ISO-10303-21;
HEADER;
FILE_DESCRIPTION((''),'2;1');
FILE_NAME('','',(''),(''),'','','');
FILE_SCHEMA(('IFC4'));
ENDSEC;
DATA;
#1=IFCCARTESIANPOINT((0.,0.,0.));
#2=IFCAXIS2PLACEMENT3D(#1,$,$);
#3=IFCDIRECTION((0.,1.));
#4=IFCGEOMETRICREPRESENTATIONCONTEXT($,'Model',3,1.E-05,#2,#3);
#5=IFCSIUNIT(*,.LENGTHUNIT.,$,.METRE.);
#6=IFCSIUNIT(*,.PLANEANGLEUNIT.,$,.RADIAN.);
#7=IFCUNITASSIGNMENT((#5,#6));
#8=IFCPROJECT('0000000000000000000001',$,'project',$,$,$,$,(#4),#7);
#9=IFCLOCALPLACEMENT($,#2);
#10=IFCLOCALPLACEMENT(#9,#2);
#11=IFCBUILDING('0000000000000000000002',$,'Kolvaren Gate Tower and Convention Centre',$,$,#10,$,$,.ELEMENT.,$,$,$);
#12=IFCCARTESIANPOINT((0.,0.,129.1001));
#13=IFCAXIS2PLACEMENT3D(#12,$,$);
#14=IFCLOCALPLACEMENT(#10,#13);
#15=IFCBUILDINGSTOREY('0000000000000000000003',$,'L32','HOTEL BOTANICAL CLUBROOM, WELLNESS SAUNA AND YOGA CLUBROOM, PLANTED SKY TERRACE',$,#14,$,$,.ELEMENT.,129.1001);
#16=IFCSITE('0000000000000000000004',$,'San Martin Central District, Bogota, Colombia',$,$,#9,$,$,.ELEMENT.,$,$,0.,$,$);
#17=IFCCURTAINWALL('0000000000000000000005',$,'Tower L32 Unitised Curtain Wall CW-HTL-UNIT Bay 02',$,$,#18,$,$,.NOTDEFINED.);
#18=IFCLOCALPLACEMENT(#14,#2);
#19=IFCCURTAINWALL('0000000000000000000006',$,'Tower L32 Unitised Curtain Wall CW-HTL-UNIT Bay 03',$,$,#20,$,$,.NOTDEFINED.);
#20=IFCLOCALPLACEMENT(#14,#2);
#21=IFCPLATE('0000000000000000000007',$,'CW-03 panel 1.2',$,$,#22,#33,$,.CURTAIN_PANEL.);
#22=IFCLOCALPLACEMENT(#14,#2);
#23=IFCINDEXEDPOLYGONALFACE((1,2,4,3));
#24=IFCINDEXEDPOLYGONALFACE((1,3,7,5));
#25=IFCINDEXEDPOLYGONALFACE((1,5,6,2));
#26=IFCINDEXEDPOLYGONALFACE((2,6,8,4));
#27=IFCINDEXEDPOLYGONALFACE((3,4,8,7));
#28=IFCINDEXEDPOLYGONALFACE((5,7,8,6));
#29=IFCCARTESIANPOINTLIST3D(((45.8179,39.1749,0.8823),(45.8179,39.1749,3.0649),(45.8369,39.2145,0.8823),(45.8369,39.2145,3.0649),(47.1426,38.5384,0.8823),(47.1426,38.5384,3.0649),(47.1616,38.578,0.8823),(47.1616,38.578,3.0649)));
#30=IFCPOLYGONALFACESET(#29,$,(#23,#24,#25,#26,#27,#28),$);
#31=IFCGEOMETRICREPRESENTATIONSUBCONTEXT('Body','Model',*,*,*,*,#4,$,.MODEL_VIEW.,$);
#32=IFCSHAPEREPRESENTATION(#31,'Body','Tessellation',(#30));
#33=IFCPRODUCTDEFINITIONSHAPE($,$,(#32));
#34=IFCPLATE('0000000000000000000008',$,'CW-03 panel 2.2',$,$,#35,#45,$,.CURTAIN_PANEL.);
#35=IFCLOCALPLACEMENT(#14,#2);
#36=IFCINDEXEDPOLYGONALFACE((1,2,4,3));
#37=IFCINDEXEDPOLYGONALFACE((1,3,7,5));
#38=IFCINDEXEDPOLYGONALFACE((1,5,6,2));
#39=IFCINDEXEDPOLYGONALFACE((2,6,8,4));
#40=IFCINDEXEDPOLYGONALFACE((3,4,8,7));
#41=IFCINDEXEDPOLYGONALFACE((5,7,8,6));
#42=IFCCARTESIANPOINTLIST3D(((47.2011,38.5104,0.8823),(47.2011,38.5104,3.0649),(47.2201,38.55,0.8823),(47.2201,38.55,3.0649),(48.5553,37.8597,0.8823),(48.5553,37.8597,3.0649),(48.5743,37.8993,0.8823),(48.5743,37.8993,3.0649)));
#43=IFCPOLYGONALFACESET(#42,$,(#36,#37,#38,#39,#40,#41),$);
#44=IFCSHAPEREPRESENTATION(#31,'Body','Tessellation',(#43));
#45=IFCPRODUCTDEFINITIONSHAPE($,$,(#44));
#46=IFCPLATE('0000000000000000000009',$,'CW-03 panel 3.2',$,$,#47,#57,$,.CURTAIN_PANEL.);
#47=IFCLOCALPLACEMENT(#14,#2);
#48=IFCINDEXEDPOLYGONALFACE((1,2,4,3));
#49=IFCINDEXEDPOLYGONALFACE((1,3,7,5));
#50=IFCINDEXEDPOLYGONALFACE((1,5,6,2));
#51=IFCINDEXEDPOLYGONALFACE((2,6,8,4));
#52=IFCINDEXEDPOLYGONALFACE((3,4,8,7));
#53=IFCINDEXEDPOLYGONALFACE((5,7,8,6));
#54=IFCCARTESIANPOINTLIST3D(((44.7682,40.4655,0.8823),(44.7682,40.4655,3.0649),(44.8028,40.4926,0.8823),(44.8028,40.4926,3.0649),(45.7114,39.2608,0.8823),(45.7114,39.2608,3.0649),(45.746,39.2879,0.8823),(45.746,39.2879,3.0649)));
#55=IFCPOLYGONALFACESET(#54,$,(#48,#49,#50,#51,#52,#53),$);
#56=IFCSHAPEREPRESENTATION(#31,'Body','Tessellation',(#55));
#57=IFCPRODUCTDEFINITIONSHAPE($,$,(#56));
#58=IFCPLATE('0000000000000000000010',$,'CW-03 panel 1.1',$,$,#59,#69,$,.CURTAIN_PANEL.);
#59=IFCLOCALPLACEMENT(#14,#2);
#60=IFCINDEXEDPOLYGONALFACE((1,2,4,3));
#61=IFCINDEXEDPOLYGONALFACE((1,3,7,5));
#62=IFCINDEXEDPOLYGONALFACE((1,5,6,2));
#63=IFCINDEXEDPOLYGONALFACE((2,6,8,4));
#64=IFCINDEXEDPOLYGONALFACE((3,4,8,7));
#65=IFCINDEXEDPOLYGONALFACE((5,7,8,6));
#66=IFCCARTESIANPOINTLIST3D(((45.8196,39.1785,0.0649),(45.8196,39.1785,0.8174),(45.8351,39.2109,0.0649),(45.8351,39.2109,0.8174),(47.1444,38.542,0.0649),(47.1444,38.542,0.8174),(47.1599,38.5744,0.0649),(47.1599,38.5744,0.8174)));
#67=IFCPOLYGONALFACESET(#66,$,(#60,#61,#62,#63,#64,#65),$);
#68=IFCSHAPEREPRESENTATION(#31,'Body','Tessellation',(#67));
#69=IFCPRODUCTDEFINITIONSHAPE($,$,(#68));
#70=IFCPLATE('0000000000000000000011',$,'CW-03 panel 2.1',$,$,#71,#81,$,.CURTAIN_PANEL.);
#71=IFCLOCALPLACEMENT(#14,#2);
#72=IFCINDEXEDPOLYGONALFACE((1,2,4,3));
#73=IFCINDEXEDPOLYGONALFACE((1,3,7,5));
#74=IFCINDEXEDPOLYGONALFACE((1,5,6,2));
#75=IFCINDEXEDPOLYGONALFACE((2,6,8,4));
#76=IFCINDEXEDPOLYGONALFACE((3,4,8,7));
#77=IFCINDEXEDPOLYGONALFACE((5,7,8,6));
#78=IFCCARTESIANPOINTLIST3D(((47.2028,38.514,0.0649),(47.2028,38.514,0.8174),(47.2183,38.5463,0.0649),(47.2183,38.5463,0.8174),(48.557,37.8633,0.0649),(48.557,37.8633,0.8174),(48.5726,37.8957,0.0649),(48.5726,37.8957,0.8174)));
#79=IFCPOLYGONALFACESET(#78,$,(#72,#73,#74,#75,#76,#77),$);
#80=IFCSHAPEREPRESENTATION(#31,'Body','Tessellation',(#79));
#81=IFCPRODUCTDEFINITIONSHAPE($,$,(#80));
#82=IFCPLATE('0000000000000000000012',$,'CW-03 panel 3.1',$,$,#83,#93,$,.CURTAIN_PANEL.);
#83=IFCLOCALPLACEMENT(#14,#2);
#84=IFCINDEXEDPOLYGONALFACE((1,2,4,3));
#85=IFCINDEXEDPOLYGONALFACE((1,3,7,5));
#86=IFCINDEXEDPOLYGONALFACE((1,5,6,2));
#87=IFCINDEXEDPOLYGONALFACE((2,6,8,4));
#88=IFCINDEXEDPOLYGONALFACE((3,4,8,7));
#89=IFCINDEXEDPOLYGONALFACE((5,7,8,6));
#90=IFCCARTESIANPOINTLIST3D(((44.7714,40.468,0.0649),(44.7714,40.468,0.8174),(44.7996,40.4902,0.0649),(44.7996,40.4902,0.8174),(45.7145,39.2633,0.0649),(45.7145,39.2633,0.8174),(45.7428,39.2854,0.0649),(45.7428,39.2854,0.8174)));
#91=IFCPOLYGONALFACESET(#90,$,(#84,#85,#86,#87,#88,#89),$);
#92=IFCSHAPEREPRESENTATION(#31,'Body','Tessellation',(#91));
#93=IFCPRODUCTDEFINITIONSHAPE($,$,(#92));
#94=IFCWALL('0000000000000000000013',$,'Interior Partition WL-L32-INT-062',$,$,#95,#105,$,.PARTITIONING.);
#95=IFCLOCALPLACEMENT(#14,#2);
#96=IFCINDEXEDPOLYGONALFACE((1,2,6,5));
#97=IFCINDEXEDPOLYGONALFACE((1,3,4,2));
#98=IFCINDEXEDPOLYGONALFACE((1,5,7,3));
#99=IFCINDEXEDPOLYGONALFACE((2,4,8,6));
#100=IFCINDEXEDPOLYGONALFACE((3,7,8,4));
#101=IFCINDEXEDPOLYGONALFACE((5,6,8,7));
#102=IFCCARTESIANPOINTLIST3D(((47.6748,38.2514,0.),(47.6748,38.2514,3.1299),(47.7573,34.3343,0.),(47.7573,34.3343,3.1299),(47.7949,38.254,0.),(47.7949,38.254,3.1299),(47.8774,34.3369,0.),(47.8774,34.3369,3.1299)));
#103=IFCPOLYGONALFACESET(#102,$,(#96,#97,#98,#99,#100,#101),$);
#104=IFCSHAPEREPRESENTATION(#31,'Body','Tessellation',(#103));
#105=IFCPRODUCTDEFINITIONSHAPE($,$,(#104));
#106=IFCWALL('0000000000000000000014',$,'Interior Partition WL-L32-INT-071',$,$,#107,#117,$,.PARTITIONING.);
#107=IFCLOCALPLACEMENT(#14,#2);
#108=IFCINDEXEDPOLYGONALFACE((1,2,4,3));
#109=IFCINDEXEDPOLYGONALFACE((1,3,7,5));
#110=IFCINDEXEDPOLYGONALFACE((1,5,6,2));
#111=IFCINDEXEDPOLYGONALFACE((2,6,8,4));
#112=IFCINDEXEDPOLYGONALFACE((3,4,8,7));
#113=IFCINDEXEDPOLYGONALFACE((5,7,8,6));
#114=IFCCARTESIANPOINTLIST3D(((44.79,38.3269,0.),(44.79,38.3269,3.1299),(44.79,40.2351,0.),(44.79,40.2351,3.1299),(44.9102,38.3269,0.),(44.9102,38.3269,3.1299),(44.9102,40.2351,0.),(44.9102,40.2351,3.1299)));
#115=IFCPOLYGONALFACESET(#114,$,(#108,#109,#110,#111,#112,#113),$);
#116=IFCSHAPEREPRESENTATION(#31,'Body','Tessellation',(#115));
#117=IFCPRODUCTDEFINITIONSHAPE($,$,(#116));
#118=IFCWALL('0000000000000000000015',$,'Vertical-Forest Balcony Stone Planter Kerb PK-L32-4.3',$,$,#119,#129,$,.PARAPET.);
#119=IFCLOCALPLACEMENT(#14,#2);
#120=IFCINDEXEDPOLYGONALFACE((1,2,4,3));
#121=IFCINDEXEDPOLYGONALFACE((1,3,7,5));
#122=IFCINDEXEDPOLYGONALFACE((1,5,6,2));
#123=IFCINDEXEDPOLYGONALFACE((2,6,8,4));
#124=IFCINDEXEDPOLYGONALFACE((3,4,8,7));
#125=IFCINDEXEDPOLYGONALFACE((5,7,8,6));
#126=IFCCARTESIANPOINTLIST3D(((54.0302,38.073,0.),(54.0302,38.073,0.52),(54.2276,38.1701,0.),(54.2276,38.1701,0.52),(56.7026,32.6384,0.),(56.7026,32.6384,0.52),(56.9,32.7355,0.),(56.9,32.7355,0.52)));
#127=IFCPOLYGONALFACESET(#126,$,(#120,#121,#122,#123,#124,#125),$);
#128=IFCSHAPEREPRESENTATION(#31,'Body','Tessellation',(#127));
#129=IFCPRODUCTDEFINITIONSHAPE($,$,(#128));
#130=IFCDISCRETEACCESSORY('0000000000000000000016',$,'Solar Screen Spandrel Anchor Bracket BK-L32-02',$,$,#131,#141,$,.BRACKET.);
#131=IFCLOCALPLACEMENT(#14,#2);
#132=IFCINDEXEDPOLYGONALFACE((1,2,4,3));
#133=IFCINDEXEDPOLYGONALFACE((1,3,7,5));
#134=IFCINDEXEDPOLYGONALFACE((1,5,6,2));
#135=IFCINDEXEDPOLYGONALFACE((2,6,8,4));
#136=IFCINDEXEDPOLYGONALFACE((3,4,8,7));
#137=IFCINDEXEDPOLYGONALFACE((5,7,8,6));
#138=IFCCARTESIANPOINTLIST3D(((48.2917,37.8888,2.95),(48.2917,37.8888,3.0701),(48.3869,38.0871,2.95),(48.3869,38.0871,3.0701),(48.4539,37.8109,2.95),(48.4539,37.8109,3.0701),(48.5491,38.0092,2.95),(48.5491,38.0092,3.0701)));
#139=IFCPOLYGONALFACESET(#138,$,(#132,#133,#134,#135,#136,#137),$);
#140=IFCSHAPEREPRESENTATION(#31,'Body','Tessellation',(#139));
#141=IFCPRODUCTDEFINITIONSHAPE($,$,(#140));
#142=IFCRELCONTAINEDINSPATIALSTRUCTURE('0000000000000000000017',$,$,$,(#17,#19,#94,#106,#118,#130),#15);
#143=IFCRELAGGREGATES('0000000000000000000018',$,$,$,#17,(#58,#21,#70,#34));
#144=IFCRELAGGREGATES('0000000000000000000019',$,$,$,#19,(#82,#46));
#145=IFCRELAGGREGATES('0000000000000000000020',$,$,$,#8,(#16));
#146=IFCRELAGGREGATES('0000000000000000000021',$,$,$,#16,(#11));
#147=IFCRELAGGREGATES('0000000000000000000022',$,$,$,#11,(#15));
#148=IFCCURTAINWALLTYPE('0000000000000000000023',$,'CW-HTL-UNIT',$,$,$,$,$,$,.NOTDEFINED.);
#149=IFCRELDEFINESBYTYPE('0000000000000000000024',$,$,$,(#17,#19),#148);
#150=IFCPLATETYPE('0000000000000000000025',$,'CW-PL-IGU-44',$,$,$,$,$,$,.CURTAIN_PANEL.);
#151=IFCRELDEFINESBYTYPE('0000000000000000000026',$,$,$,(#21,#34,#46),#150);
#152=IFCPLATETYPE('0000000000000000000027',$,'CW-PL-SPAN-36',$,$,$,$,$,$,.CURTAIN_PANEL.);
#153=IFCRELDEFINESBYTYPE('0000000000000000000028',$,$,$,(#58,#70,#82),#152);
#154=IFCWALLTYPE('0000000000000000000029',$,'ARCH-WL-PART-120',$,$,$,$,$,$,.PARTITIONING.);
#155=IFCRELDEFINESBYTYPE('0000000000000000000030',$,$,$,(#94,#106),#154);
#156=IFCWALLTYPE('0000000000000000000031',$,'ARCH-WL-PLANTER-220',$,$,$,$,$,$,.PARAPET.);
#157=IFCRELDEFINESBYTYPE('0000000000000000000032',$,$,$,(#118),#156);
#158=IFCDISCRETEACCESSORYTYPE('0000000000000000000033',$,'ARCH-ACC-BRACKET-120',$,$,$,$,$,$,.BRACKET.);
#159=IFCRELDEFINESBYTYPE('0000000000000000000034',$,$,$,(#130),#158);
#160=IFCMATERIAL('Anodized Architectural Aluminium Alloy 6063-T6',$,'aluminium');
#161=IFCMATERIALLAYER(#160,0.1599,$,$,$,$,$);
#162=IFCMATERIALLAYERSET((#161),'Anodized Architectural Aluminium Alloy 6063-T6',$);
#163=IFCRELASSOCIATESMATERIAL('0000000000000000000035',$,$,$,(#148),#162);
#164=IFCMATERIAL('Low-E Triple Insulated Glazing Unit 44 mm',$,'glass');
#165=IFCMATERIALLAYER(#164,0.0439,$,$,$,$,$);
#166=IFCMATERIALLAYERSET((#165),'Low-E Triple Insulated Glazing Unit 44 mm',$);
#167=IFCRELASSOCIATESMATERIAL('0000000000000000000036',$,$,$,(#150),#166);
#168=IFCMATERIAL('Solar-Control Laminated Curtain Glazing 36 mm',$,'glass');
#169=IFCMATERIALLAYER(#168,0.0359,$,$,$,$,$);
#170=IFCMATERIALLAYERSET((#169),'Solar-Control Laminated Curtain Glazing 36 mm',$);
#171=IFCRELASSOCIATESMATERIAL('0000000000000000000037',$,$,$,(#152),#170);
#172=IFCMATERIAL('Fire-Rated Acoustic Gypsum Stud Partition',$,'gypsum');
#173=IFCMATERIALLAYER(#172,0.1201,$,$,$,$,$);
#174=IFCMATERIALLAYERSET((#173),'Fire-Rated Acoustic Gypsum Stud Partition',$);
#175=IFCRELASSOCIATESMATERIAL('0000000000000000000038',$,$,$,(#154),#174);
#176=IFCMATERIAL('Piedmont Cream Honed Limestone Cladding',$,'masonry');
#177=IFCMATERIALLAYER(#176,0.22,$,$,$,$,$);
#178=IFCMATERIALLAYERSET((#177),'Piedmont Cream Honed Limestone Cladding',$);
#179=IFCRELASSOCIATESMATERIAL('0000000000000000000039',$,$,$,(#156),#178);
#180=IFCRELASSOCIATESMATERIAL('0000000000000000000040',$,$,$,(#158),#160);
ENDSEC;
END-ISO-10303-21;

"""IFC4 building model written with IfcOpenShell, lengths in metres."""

from ifc_helpers import new_model, si_unit, direction, frame, frame_2d, origin, origin_2d, place, context, subcontext, project, spatial, rectangle, extrude, material, layer, layer_set, type_object, element, aggregate, save


model = new_model("IFC4")

# Units and contexts
model_context = context("Model", 3, precision=1e-05, world=origin(), true_north=direction((0.0, 1.0)))
body_context = subcontext(model_context, "Body", "Model", "MODEL_VIEW")
ifc_project = project(units=[si_unit("LENGTHUNIT", "METRE"), si_unit("PLANEANGLEUNIT", "RADIAN")], contexts=[model_context])

# Site, building, storey
site_placement = place(None, origin())
site = spatial("IfcSite", under=ifc_project, at=site_placement, Name="San Martin Central District, Bogota, Colombia", CompositionType="ELEMENT", RefElevation=0.0)
building_placement = place(site_placement, origin())
building = spatial("IfcBuilding", under=site, at=building_placement, Name="Kolvaren Gate Tower and Convention Centre", CompositionType="ELEMENT")
storey_placement = place(building_placement, frame((0.0, 0.0, 129.1001)))
storey = spatial("IfcBuildingStorey", under=building, at=storey_placement, Name="L32", Description="HOTEL BOTANICAL CLUBROOM, WELLNESS SAUNA AND YOGA CLUBROOM, PLANTED SKY TERRACE", CompositionType="ELEMENT", Elevation=129.1001)

# Curtain wall
ifc_material_1 = material(Name="Anodized Architectural Aluminium Alloy 6063-T6", Category="aluminium")
ifc_layer_1 = layer(ifc_material_1, 0.1599)
ifc_layer_set_1 = layer_set([ifc_layer_1], Name="Anodized Architectural Aluminium Alloy 6063-T6")
curtain_wall_type = type_object("IfcCurtainWallType", Name="CW-HTL-UNIT", PredefinedType="NOTDEFINED", material=ifc_layer_set_1)
curtain_wall_1_placement = place(storey_placement, origin())
curtain_wall_1 = element("IfcCurtainWall", 1, at=curtain_wall_1_placement, inside=storey, type_object=curtain_wall_type, Name="Tower L32 Unitised Curtain Wall CW-HTL-UNIT Bay 02", PredefinedType="NOTDEFINED")

# Curtain wall
curtain_wall_2_placement = place(storey_placement, origin())
curtain_wall_2 = element("IfcCurtainWall", 2, at=curtain_wall_2_placement, inside=storey, type_object=curtain_wall_type, Name="Tower L32 Unitised Curtain Wall CW-HTL-UNIT Bay 03", PredefinedType="NOTDEFINED")

# Plates
ifc_material_2 = material(Name="Low-E Triple Insulated Glazing Unit 44 mm", Category="glass")
ifc_layer_2 = layer(ifc_material_2, 0.0439)
ifc_layer_set_2 = layer_set([ifc_layer_2], Name="Low-E Triple Insulated Glazing Unit 44 mm")
plate_type_1 = type_object("IfcPlateType", Name="CW-PL-IGU-44", PredefinedType="CURTAIN_PANEL", material=ifc_layer_set_2)
plate_1_placement = place(storey_placement, frame((46.4897, 38.8765, 0.8823), z_axis=(0.0, 0.0, 1.0), x_axis=(0.90136, -0.433071, 0.0)))
plate_1 = element("IfcPlate", 3, at=plate_1_placement, type_object=plate_type_1, Name="CW-03 panel 1.2", PredefinedType="CURTAIN_PANEL", context=body_context, shape_type="SweptSolid", body=[
    extrude(rectangle(XDim=1.4697, YDim=0.0439, at=origin_2d()), origin(), (0.0, 0.0, 1.0), 2.1826),
])
plate_2_placement = place(storey_placement, frame((47.8877, 38.2048, 0.8823), z_axis=(0.0, 0.0, 1.0), x_axis=(0.90136, -0.433071, 0.0)))
plate_2 = element("IfcPlate", 4, at=plate_2_placement, type_object=plate_type_1, Name="CW-03 panel 2.2", PredefinedType="CURTAIN_PANEL", context=body_context, shape_type="SweptSolid", body=[
    extrude(rectangle(XDim=1.5024, YDim=0.0439, at=origin_2d()), origin(), (0.0, 0.0, 1.0), 2.1826),
])
plate_3_placement = place(storey_placement, frame((45.2571, 39.8767, 0.8823), z_axis=(0.0, 0.0, 1.0), x_axis=(0.616426, -0.787413, 0.0)))
plate_3 = element("IfcPlate", 5, at=plate_3_placement, type_object=plate_type_1, Name="CW-03 panel 3.2", PredefinedType="CURTAIN_PANEL", context=body_context, shape_type="SweptSolid", body=[
    extrude(rectangle(XDim=1.53, YDim=0.0439, at=origin_2d()), origin(), (0.0, 0.0, 1.0), 2.1826),
])
ifc_material_3 = material(Name="Solar-Control Laminated Curtain Glazing 36 mm", Category="glass")
ifc_layer_3 = layer(ifc_material_3, 0.0359)
ifc_layer_set_3 = layer_set([ifc_layer_3], Name="Solar-Control Laminated Curtain Glazing 36 mm")
plate_type_2 = type_object("IfcPlateType", Name="CW-PL-SPAN-36", PredefinedType="CURTAIN_PANEL", material=ifc_layer_set_3)
plate_4_placement = place(storey_placement, frame((46.4897, 38.8765, 0.0649), z_axis=(0.0, 0.0, 1.0), x_axis=(0.90136, -0.433071, 0.0)))
plate_4 = element("IfcPlate", 6, at=plate_4_placement, type_object=plate_type_2, Name="CW-03 panel 1.1", PredefinedType="CURTAIN_PANEL", context=body_context, shape_type="SweptSolid", body=[
    extrude(rectangle(XDim=1.4697, YDim=0.0359, at=origin_2d()), origin(), (0.0, 0.0, 1.0), 0.7524),
])
plate_5_placement = place(storey_placement, frame((47.8877, 38.2048, 0.0649), z_axis=(0.0, 0.0, 1.0), x_axis=(0.90136, -0.433071, 0.0)))
plate_5 = element("IfcPlate", 7, at=plate_5_placement, type_object=plate_type_2, Name="CW-03 panel 2.1", PredefinedType="CURTAIN_PANEL", context=body_context, shape_type="SweptSolid", body=[
    extrude(rectangle(XDim=1.5024, YDim=0.0359, at=origin_2d()), origin(), (0.0, 0.0, 1.0), 0.7524),
])
aggregate(curtain_wall_1, [plate_4, plate_1, plate_5, plate_2])
plate_6_placement = place(storey_placement, frame((45.2571, 39.8767, 0.0649), z_axis=(0.0, 0.0, 1.0), x_axis=(0.616426, -0.787413, 0.0)))
plate_6 = element("IfcPlate", 8, at=plate_6_placement, type_object=plate_type_2, Name="CW-03 panel 3.1", PredefinedType="CURTAIN_PANEL", context=body_context, shape_type="SweptSolid", body=[
    extrude(rectangle(XDim=1.53, YDim=0.0359, at=origin_2d()), origin(), (0.0, 0.0, 1.0), 0.7524),
])
aggregate(curtain_wall_2, [plate_6, plate_3])

# Walls
ifc_material_4 = material(Name="Fire-Rated Acoustic Gypsum Stud Partition", Category="gypsum")
ifc_layer_4 = layer(ifc_material_4, 0.1201)
ifc_layer_set_4 = layer_set([ifc_layer_4], Name="Fire-Rated Acoustic Gypsum Stud Partition")
wall_type_1 = type_object("IfcWallType", Name="ARCH-WL-PART-120", PredefinedType="PARTITIONING", material=ifc_layer_set_4)
wall_1_placement = place(storey_placement, frame((47.7349, 38.2527, 0.0), z_axis=(0.0, 0.0, 1.0), x_axis=(0.021062, -0.999778, 0.0)))
element("IfcWall", 9, at=wall_1_placement, inside=storey, type_object=wall_type_1, Name="Interior Partition WL-L32-INT-062", PredefinedType="PARTITIONING", context=body_context, shape_type="SweptSolid", body=[
    extrude(rectangle(XDim=3.918, YDim=0.1201, at=frame_2d((1.959, 0.0))), origin(), (0.0, 0.0, 1.0), 3.1299),
])
wall_2_placement = place(storey_placement, frame((44.8501, 38.3269, 0.0), z_axis=(0.0, 0.0, 1.0), x_axis=(0.0, 1.0, 0.0)))
element("IfcWall", 10, at=wall_2_placement, inside=storey, type_object=wall_type_1, Name="Interior Partition WL-L32-INT-071", PredefinedType="PARTITIONING", context=body_context, shape_type="SweptSolid", body=[
    extrude(rectangle(XDim=1.9082, YDim=0.1201, at=frame_2d((0.9541, 0.0))), origin(), (0.0, 0.0, 1.0), 3.1299),
])
ifc_material_5 = material(Name="Piedmont Cream Honed Limestone Cladding", Category="masonry")
ifc_layer_5 = layer(ifc_material_5, 0.22)
ifc_layer_set_5 = layer_set([ifc_layer_5], Name="Piedmont Cream Honed Limestone Cladding")
wall_type_2 = type_object("IfcWallType", Name="ARCH-WL-PLANTER-220", PredefinedType="PARAPET", material=ifc_layer_set_5)
wall_3_placement = place(storey_placement, frame((54.1289, 38.1216, 0.0), z_axis=(0.0, 0.0, 1.0), x_axis=(0.44127, -0.897375, 0.0)))
element("IfcWall", 11, at=wall_3_placement, inside=storey, type_object=wall_type_2, Name="Vertical-Forest Balcony Stone Planter Kerb PK-L32-4.3", PredefinedType="PARAPET", context=body_context, shape_type="SweptSolid", body=[
    extrude(rectangle(XDim=6.0562, YDim=0.22, at=frame_2d((3.0281, 0.0))), origin(), (0.0, 0.0, 1.0), 0.52),
])

# Discrete accessory
discrete_accessory_type = type_object("IfcDiscreteAccessoryType", Name="ARCH-ACC-BRACKET-120", PredefinedType="BRACKET", material=ifc_material_1)
discrete_accessory_placement = place(storey_placement, frame((48.4204, 37.949, 2.95), z_axis=(0.0, 0.0, 1.0), x_axis=(0.901363, -0.433065, 0.0)))
element("IfcDiscreteAccessory", 12, at=discrete_accessory_placement, inside=storey, type_object=discrete_accessory_type, Name="Solar Screen Spandrel Anchor Bracket BK-L32-02", PredefinedType="BRACKET", context=body_context, shape_type="SweptSolid", body=[
    extrude(rectangle(XDim=0.1799, YDim=0.22, at=origin_2d()), origin(), (0.0, 0.0, 1.0), 0.1201),
])

save(model, "model.ifc")
